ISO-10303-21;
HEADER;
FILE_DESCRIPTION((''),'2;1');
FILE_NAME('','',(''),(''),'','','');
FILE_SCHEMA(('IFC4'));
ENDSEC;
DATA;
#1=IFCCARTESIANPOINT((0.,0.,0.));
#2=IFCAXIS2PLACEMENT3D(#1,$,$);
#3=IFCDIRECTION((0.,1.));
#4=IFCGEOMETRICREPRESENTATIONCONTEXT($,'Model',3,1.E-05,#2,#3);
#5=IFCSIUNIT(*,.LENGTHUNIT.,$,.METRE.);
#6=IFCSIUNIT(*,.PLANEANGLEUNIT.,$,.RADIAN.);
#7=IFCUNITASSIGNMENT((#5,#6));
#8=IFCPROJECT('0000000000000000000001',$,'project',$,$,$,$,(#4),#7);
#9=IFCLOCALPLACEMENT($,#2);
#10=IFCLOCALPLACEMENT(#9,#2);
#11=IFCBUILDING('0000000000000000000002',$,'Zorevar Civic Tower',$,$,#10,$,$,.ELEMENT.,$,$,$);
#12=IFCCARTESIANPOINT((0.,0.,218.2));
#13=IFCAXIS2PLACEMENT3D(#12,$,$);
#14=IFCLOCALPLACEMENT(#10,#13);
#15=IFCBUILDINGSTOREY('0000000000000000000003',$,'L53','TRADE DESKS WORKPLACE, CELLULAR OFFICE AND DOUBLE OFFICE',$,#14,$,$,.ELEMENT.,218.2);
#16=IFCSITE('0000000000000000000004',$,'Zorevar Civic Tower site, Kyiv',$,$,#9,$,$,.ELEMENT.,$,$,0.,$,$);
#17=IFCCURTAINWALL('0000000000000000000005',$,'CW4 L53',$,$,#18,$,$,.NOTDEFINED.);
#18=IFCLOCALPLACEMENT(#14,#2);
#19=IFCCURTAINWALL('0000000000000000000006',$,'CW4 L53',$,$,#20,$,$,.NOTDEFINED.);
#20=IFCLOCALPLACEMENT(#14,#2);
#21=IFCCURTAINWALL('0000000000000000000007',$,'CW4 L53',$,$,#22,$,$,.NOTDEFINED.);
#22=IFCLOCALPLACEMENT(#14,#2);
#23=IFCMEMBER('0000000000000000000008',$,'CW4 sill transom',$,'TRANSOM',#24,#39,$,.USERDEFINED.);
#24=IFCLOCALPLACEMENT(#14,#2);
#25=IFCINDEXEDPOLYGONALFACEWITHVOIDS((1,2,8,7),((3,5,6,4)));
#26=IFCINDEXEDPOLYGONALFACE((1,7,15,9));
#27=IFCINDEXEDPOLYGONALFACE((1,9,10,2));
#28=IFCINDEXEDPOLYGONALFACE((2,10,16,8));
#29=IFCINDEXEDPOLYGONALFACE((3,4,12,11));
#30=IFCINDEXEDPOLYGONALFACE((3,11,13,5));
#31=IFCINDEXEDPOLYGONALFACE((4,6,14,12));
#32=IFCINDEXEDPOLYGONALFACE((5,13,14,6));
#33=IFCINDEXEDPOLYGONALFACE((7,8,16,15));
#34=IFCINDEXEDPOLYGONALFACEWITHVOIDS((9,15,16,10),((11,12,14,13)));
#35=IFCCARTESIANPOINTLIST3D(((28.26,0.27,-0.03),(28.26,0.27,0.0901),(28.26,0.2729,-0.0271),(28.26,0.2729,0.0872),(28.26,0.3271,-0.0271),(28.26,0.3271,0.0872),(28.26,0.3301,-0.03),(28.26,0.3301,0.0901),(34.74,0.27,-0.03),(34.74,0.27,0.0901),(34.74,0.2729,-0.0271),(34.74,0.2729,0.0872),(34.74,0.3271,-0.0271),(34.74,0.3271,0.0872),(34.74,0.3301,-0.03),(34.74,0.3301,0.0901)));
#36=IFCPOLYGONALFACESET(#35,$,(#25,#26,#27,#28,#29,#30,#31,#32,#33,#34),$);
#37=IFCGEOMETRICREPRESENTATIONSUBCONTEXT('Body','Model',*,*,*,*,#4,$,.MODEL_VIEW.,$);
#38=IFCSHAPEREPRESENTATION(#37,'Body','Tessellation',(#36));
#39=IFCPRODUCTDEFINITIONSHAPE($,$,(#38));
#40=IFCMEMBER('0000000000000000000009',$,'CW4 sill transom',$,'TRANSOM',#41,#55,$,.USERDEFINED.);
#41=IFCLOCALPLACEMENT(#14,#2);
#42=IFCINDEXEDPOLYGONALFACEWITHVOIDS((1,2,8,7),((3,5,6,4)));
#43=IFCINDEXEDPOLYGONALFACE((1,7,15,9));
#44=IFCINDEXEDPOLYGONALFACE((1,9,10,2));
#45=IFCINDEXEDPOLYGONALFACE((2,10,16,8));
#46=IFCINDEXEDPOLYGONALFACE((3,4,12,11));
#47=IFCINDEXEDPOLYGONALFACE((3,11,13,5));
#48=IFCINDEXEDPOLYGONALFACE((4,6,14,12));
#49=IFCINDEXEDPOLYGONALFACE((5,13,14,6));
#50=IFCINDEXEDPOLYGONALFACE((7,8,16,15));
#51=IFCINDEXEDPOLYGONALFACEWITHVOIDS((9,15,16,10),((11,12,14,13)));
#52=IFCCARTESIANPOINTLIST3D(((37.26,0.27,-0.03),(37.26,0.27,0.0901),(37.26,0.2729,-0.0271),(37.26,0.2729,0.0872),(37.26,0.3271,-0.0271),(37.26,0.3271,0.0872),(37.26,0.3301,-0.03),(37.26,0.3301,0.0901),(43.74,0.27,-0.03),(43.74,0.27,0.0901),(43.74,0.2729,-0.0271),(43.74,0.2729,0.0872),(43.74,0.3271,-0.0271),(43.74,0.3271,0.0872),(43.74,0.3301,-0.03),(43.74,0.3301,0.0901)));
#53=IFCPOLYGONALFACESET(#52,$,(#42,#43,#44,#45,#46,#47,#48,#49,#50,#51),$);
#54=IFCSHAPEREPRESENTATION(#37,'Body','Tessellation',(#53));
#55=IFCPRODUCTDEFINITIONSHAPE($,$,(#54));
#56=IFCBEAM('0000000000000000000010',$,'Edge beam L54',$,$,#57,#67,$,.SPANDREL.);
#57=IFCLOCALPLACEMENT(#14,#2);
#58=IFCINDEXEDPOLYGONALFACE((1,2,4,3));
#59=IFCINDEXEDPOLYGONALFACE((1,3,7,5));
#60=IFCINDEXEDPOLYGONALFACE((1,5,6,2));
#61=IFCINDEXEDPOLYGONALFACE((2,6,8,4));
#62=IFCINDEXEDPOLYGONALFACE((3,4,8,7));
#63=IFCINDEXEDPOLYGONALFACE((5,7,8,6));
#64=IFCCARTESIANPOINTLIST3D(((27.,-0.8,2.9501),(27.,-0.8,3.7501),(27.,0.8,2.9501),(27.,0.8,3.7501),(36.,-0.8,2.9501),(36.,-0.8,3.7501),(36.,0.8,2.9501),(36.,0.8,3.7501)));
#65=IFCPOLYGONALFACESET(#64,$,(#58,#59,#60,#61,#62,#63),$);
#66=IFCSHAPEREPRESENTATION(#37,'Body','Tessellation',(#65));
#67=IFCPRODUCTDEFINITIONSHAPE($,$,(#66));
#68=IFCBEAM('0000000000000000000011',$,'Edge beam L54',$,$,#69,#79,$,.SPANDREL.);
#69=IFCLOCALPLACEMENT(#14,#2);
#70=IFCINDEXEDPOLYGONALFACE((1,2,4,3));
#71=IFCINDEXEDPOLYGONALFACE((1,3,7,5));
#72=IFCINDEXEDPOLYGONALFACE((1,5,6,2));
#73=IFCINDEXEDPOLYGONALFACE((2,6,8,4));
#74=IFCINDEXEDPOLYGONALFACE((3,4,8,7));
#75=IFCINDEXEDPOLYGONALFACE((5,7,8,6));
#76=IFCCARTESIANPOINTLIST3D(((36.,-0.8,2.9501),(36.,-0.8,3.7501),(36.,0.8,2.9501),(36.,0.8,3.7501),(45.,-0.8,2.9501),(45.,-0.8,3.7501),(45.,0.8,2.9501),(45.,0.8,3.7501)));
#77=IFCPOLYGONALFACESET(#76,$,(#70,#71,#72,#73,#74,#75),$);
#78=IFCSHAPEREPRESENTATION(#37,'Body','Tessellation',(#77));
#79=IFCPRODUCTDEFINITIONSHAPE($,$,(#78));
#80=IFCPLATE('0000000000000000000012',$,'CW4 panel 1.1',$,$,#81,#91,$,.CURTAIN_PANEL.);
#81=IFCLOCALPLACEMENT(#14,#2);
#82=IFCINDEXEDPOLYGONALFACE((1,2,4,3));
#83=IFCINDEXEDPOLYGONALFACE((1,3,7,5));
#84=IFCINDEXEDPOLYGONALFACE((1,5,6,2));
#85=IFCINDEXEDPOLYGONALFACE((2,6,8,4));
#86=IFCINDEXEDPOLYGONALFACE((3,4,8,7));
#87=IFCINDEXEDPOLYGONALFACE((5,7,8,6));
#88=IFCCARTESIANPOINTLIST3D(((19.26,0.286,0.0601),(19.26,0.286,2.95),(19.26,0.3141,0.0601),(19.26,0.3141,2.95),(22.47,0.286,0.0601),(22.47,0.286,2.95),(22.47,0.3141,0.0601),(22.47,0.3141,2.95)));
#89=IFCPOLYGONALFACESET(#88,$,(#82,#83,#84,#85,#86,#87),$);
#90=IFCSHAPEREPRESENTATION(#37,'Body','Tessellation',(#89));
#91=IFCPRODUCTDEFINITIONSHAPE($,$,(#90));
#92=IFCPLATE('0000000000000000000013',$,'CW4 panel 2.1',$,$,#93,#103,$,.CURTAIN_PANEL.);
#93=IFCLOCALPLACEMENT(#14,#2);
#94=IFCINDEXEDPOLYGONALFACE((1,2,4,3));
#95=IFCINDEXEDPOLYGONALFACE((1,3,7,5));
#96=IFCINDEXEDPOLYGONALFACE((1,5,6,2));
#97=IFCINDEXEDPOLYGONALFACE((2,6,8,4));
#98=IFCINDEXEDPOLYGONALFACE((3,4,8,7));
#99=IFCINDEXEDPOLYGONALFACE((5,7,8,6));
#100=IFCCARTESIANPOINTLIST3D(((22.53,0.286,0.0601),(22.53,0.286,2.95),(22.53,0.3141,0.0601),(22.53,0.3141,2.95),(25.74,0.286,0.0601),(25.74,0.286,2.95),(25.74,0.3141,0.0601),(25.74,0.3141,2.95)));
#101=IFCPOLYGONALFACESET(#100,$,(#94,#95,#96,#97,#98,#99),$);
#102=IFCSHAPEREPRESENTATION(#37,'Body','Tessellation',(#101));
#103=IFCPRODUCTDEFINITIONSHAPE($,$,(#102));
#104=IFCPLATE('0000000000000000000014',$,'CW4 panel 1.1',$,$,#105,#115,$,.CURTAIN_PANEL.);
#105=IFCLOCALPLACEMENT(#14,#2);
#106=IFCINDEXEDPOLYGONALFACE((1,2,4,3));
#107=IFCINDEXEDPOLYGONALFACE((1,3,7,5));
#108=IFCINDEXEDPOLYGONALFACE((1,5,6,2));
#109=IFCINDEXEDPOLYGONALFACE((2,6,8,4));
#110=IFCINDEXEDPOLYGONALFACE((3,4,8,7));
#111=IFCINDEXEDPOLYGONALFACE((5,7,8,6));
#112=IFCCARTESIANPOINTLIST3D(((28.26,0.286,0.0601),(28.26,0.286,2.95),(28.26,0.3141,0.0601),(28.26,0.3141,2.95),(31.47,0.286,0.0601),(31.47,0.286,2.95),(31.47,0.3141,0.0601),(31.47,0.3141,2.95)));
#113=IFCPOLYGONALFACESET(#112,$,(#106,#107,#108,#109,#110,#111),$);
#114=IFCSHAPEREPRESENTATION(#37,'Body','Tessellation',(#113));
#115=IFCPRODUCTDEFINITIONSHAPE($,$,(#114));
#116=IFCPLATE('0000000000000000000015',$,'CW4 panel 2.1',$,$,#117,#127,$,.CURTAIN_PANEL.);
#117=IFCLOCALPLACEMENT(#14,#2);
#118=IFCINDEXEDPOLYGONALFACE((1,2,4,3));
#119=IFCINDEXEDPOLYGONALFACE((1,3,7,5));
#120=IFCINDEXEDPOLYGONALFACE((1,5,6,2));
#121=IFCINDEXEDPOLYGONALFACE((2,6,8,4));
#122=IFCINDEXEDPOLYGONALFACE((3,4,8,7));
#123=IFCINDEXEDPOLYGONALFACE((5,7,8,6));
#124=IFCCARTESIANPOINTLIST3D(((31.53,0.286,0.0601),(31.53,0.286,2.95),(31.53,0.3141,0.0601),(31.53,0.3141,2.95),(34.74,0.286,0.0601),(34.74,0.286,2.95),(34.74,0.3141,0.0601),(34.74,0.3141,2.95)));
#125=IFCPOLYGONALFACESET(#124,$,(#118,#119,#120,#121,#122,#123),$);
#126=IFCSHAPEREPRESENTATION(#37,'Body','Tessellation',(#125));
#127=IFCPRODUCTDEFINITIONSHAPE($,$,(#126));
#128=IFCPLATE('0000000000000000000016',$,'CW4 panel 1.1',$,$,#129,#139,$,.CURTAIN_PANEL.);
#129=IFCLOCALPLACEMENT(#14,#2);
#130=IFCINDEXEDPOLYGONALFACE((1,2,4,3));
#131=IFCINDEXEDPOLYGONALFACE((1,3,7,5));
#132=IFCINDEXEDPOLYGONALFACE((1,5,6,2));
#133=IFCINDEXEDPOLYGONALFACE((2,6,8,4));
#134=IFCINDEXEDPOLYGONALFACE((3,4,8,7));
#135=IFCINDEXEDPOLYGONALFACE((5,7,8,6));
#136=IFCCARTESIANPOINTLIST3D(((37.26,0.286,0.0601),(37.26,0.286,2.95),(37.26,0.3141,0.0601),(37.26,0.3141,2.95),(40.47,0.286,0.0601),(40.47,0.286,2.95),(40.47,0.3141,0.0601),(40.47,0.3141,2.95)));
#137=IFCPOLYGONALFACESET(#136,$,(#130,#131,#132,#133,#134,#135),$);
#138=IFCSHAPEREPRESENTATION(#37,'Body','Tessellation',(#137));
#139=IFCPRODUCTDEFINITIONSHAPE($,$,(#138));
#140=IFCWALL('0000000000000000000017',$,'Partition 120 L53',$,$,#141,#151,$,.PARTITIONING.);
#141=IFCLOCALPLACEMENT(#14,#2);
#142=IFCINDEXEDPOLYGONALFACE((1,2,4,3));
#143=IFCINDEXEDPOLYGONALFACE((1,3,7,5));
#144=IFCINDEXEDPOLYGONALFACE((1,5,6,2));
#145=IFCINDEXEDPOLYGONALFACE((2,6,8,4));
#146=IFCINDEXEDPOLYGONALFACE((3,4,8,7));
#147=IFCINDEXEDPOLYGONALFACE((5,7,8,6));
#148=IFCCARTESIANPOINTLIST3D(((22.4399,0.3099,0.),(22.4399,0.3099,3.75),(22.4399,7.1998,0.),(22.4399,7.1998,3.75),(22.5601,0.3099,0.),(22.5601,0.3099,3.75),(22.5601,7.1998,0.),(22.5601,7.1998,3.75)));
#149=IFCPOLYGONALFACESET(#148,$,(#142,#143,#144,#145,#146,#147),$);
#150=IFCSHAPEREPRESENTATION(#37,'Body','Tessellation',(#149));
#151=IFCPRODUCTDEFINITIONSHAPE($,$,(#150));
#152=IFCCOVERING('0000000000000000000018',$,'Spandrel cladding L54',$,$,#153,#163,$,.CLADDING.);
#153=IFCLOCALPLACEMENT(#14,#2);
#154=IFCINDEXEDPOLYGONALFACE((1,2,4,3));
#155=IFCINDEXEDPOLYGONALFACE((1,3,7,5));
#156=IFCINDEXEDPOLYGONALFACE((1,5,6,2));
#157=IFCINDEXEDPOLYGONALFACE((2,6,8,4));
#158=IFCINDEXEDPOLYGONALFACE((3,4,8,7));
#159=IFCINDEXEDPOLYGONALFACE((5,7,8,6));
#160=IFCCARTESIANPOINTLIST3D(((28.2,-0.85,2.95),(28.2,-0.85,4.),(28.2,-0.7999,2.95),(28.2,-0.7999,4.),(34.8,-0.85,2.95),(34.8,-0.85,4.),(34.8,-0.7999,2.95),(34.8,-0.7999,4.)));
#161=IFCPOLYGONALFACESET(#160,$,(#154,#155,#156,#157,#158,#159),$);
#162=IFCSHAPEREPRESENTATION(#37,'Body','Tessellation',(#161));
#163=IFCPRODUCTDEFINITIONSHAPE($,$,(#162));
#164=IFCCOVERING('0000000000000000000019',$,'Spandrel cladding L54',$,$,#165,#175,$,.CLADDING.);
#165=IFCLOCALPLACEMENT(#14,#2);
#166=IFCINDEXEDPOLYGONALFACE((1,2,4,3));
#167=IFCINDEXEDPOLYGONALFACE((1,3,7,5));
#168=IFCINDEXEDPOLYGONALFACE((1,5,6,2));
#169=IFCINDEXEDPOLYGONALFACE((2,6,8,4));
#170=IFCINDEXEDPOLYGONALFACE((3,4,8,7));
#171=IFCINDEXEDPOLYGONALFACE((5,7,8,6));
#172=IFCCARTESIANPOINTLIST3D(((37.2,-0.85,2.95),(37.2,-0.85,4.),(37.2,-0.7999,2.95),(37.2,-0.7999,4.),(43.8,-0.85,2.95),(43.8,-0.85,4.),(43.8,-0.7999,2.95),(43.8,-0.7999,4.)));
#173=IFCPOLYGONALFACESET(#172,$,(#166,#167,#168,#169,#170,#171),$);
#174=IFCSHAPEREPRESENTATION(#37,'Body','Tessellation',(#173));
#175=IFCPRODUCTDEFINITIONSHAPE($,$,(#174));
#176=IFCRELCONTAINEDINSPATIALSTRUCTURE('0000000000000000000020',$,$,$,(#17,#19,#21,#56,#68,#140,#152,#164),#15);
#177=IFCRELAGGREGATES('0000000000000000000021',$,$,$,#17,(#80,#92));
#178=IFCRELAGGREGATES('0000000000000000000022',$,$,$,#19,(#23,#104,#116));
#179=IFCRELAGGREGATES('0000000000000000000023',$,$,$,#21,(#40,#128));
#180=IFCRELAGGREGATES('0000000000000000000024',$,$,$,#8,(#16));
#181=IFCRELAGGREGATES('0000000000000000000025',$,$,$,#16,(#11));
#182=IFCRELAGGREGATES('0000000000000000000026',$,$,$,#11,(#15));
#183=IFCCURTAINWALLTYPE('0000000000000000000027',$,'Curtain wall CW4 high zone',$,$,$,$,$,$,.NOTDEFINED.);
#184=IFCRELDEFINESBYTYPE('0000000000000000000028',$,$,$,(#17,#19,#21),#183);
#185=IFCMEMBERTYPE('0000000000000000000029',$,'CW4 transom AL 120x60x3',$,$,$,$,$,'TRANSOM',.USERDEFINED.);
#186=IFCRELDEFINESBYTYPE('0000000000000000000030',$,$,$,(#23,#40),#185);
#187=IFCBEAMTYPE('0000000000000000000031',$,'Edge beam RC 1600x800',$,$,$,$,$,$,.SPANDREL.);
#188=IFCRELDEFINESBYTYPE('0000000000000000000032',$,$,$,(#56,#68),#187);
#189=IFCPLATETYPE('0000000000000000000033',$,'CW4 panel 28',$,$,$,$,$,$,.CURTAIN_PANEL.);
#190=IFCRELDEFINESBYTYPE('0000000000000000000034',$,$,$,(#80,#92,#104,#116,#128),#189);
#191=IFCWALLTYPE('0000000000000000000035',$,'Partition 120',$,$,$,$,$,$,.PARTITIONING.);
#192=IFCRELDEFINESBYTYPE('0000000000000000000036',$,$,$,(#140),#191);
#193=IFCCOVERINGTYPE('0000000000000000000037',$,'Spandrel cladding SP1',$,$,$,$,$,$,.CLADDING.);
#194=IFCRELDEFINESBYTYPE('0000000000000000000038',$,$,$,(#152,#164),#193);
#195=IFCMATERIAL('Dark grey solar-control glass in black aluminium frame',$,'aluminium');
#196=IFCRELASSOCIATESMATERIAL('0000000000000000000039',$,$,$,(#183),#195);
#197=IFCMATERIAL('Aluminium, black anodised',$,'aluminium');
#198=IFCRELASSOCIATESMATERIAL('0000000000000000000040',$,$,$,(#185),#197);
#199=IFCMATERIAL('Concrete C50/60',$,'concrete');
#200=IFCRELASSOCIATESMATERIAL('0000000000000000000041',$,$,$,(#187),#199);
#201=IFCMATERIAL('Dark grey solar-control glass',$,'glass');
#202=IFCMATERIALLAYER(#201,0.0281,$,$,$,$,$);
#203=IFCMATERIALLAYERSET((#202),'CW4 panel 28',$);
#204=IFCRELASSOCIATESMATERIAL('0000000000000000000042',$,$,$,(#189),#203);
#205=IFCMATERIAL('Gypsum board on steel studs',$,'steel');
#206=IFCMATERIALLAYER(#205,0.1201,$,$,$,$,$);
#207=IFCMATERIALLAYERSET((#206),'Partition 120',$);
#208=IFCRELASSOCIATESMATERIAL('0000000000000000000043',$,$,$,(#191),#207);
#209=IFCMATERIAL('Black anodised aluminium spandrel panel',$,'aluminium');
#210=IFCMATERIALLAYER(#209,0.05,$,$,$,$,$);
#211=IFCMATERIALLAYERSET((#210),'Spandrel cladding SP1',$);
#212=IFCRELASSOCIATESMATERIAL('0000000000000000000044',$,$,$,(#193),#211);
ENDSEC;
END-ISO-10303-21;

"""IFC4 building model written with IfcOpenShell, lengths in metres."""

from ifc_helpers import new_model, si_unit, direction, frame, frame_2d, origin, origin_2d, place, context, subcontext, project, spatial, rectangle, hollow_rectangle, extrude, material, layer, layer_set, material_profile, profile_set, type_object, element, aggregate, save


model = new_model("IFC4")

# Units and contexts
model_context = context("Model", 3, precision=1e-05, world=origin(), true_north=direction((0.0, 1.0)))
body_context = subcontext(model_context, "Body", "Model", "MODEL_VIEW")
ifc_project = project(units=[si_unit("LENGTHUNIT", "METRE"), si_unit("PLANEANGLEUNIT", "RADIAN")], contexts=[model_context])

# Site, building, storey
site_placement = place(None, origin())
site = spatial("IfcSite", under=ifc_project, at=site_placement, Name="Zorevar Civic Tower site, Kyiv", CompositionType="ELEMENT", RefElevation=0.0)
building_placement = place(site_placement, origin())
building = spatial("IfcBuilding", under=site, at=building_placement, Name="Zorevar Civic Tower", CompositionType="ELEMENT")
storey_placement = place(building_placement, frame((0.0, 0.0, 218.2)))
storey = spatial("IfcBuildingStorey", under=building, at=storey_placement, Name="L53", Description="TRADE DESKS WORKPLACE, CELLULAR OFFICE AND DOUBLE OFFICE", CompositionType="ELEMENT", Elevation=218.2)

# Curtain walls
ifc_material_1 = material(Name="Dark grey solar-control glass in black aluminium frame", Category="aluminium")
curtain_wall_type = type_object("IfcCurtainWallType", Name="Curtain wall CW4 high zone", PredefinedType="NOTDEFINED", material=ifc_material_1)
curtain_wall_1_placement = place(storey_placement, origin())
curtain_wall_1 = element("IfcCurtainWall", 1, at=curtain_wall_1_placement, inside=storey, type_object=curtain_wall_type, Name="CW4 L53", PredefinedType="NOTDEFINED")
curtain_wall_2_placement = place(storey_placement, origin())
curtain_wall_2 = element("IfcCurtainWall", 2, at=curtain_wall_2_placement, inside=storey, type_object=curtain_wall_type, Name="CW4 L53", PredefinedType="NOTDEFINED")

# Curtain wall
curtain_wall_3_placement = place(storey_placement, origin())
curtain_wall_3 = element("IfcCurtainWall", 3, at=curtain_wall_3_placement, inside=storey, type_object=curtain_wall_type, Name="CW4 L53", PredefinedType="NOTDEFINED")

# Members
ifc_material_2 = material(Name="Aluminium, black anodised", Category="aluminium")
ifc_material_profile_1 = material_profile(ifc_material_2, hollow_rectangle(XDim=0.0601, YDim=0.1201, WallThickness=0.0029, at=origin_2d()), Name="AL 120x60x3")
ifc_profile_set_1 = profile_set([ifc_material_profile_1], Name="Aluminium, black anodised")
member_type_1 = type_object("IfcMemberType", Name="CW4 transom AL 120x60x3", ElementType="TRANSOM", PredefinedType="USERDEFINED", material=ifc_profile_set_1)
member_1_placement = place(storey_placement, frame((28.26, 0.3, 0.03), z_axis=(1.0, 0.0, 0.0), x_axis=(0.0, 1.0, 0.0)))
member_1 = element("IfcMember", 4, at=member_1_placement, type_object=member_type_1, Name="CW4 sill transom", ObjectType="TRANSOM", PredefinedType="USERDEFINED", context=body_context, shape_type="SweptSolid", body=[
    extrude(hollow_rectangle(XDim=0.0601, YDim=0.1201, WallThickness=0.0029, at=origin_2d()), origin(), (0.0, 0.0, 1.0), 6.48),
])
member_2_placement = place(storey_placement, frame((37.26, 0.3, 0.03), z_axis=(1.0, 0.0, 0.0), x_axis=(0.0, 1.0, 0.0)))
member_2 = element("IfcMember", 5, at=member_2_placement, type_object=member_type_1, Name="CW4 sill transom", ObjectType="TRANSOM", PredefinedType="USERDEFINED", context=body_context, shape_type="SweptSolid", body=[
    extrude(hollow_rectangle(XDim=0.0601, YDim=0.1201, WallThickness=0.0029, at=origin_2d()), origin(), (0.0, 0.0, 1.0), 6.48),
])

# Beams
ifc_material_3 = material(Name="Concrete C50/60", Category="concrete")
ifc_material_profile_2 = material_profile(ifc_material_3, rectangle(XDim=1.6001, YDim=0.8, at=origin_2d()), Name="RC 1600x800")
ifc_profile_set_2 = profile_set([ifc_material_profile_2], Name="Concrete C50/60")
beam_type_1 = type_object("IfcBeamType", Name="Edge beam RC 1600x800", PredefinedType="SPANDREL", material=ifc_profile_set_2)
for number, where, z_axis, x_axis, name in (
    (6, (27.0, 0.0, 3.3501), (1.0, 0.0, 0.0), (0.0, 1.0, 0.0), "Edge beam L54"),
    (7, (36.0, 0.0, 3.3501), (1.0, 0.0, 0.0), (0.0, 1.0, 0.0), "Edge beam L54"),
):
    element("IfcBeam", number, at=place(storey_placement, frame(where, z_axis=z_axis, x_axis=x_axis)), inside=storey, type_object=beam_type_1, Name=name, PredefinedType="SPANDREL", context=body_context, shape_type="SweptSolid", body=[
        extrude(rectangle(XDim=1.6001, YDim=0.8, at=origin_2d()), origin(), (0.0, 0.0, 1.0), 9.0),
    ])

# Plates
ifc_material_4 = material(Name="Dark grey solar-control glass", Category="glass")
ifc_layer_1 = layer(ifc_material_4, 0.0281)
ifc_layer_set_1 = layer_set([ifc_layer_1], Name="CW4 panel 28")
plate_type = type_object("IfcPlateType", Name="CW4 panel 28", PredefinedType="CURTAIN_PANEL", material=ifc_layer_set_1)
plate_1_placement = place(storey_placement, frame((20.865, 0.3, 0.0601), z_axis=(0.0, 0.0, 1.0), x_axis=(1.0, 0.0, 0.0)))
plate_1 = element("IfcPlate", 8, at=plate_1_placement, type_object=plate_type, Name="CW4 panel 1.1", PredefinedType="CURTAIN_PANEL", context=body_context, shape_type="SweptSolid", body=[
    extrude(rectangle(XDim=3.21, YDim=0.0281, at=origin_2d()), origin(), (0.0, 0.0, 1.0), 2.8899),
])
plate_2_placement = place(storey_placement, frame((24.135, 0.3, 0.0601), z_axis=(0.0, 0.0, 1.0), x_axis=(1.0, 0.0, 0.0)))
plate_2 = element("IfcPlate", 9, at=plate_2_placement, type_object=plate_type, Name="CW4 panel 2.1", PredefinedType="CURTAIN_PANEL", context=body_context, shape_type="SweptSolid", body=[
    extrude(rectangle(XDim=3.21, YDim=0.0281, at=origin_2d()), origin(), (0.0, 0.0, 1.0), 2.8899),
])
aggregate(curtain_wall_1, [plate_1, plate_2])
plate_3_placement = place(storey_placement, frame((29.865, 0.3, 0.0601), z_axis=(0.0, 0.0, 1.0), x_axis=(1.0, 0.0, 0.0)))
plate_3 = element("IfcPlate", 10, at=plate_3_placement, type_object=plate_type, Name="CW4 panel 1.1", PredefinedType="CURTAIN_PANEL", context=body_context, shape_type="SweptSolid", body=[
    extrude(rectangle(XDim=3.21, YDim=0.0281, at=origin_2d()), origin(), (0.0, 0.0, 1.0), 2.8899),
])
plate_4_placement = place(storey_placement, frame((33.135, 0.3, 0.0601), z_axis=(0.0, 0.0, 1.0), x_axis=(1.0, 0.0, 0.0)))
plate_4 = element("IfcPlate", 11, at=plate_4_placement, type_object=plate_type, Name="CW4 panel 2.1", PredefinedType="CURTAIN_PANEL", context=body_context, shape_type="SweptSolid", body=[
    extrude(rectangle(XDim=3.21, YDim=0.0281, at=origin_2d()), origin(), (0.0, 0.0, 1.0), 2.8899),
])
aggregate(curtain_wall_2, [member_1, plate_3, plate_4])
plate_5_placement = place(storey_placement, frame((38.865, 0.3, 0.0601), z_axis=(0.0, 0.0, 1.0), x_axis=(1.0, 0.0, 0.0)))
plate_5 = element("IfcPlate", 12, at=plate_5_placement, type_object=plate_type, Name="CW4 panel 1.1", PredefinedType="CURTAIN_PANEL", context=body_context, shape_type="SweptSolid", body=[
    extrude(rectangle(XDim=3.21, YDim=0.0281, at=origin_2d()), origin(), (0.0, 0.0, 1.0), 2.8899),
])
aggregate(curtain_wall_3, [member_2, plate_5])

# Wall
ifc_material_5 = material(Name="Gypsum board on steel studs", Category="steel")
ifc_layer_2 = layer(ifc_material_5, 0.1201)
ifc_layer_set_2 = layer_set([ifc_layer_2], Name="Partition 120")
wall_type = type_object("IfcWallType", Name="Partition 120", PredefinedType="PARTITIONING", material=ifc_layer_set_2)
wall_placement = place(storey_placement, frame((22.5, 0.3101, 0.0), z_axis=(0.0, 0.0, 1.0), x_axis=(0.0, 1.0, 0.0)))
element("IfcWall", 13, at=wall_placement, inside=storey, type_object=wall_type, Name="Partition 120 L53", PredefinedType="PARTITIONING", context=body_context, shape_type="SweptSolid", body=[
    extrude(rectangle(XDim=6.8899, YDim=0.1201, at=frame_2d((3.4448, 0.0))), origin(), (0.0, 0.0, 1.0), 3.75),
])

# Coverings
ifc_material_6 = material(Name="Black anodised aluminium spandrel panel", Category="aluminium")
ifc_layer_3 = layer(ifc_material_6, 0.05)
ifc_layer_set_3 = layer_set([ifc_layer_3], Name="Spandrel cladding SP1")
covering_type = type_object("IfcCoveringType", Name="Spandrel cladding SP1", PredefinedType="CLADDING", material=ifc_layer_set_3)
for number, where, z_axis, x_axis, name in (
    (14, (28.2, -0.825, 2.95), (0.0, 0.0, 1.0), (1.0, 0.0, 0.0), "Spandrel cladding L54"),
    (15, (37.2, -0.825, 2.95), (0.0, 0.0, 1.0), (1.0, 0.0, 0.0), "Spandrel cladding L54"),
):
    element("IfcCovering", number, at=place(storey_placement, frame(where, z_axis=z_axis, x_axis=x_axis)), inside=storey, type_object=covering_type, Name=name, PredefinedType="CLADDING", context=body_context, shape_type="SweptSolid", body=[
        extrude(rectangle(XDim=6.6001, YDim=0.05, at=frame_2d((3.3, 0.0))), origin(), (0.0, 0.0, 1.0), 1.05),
    ])

save(model, "model.ifc")
